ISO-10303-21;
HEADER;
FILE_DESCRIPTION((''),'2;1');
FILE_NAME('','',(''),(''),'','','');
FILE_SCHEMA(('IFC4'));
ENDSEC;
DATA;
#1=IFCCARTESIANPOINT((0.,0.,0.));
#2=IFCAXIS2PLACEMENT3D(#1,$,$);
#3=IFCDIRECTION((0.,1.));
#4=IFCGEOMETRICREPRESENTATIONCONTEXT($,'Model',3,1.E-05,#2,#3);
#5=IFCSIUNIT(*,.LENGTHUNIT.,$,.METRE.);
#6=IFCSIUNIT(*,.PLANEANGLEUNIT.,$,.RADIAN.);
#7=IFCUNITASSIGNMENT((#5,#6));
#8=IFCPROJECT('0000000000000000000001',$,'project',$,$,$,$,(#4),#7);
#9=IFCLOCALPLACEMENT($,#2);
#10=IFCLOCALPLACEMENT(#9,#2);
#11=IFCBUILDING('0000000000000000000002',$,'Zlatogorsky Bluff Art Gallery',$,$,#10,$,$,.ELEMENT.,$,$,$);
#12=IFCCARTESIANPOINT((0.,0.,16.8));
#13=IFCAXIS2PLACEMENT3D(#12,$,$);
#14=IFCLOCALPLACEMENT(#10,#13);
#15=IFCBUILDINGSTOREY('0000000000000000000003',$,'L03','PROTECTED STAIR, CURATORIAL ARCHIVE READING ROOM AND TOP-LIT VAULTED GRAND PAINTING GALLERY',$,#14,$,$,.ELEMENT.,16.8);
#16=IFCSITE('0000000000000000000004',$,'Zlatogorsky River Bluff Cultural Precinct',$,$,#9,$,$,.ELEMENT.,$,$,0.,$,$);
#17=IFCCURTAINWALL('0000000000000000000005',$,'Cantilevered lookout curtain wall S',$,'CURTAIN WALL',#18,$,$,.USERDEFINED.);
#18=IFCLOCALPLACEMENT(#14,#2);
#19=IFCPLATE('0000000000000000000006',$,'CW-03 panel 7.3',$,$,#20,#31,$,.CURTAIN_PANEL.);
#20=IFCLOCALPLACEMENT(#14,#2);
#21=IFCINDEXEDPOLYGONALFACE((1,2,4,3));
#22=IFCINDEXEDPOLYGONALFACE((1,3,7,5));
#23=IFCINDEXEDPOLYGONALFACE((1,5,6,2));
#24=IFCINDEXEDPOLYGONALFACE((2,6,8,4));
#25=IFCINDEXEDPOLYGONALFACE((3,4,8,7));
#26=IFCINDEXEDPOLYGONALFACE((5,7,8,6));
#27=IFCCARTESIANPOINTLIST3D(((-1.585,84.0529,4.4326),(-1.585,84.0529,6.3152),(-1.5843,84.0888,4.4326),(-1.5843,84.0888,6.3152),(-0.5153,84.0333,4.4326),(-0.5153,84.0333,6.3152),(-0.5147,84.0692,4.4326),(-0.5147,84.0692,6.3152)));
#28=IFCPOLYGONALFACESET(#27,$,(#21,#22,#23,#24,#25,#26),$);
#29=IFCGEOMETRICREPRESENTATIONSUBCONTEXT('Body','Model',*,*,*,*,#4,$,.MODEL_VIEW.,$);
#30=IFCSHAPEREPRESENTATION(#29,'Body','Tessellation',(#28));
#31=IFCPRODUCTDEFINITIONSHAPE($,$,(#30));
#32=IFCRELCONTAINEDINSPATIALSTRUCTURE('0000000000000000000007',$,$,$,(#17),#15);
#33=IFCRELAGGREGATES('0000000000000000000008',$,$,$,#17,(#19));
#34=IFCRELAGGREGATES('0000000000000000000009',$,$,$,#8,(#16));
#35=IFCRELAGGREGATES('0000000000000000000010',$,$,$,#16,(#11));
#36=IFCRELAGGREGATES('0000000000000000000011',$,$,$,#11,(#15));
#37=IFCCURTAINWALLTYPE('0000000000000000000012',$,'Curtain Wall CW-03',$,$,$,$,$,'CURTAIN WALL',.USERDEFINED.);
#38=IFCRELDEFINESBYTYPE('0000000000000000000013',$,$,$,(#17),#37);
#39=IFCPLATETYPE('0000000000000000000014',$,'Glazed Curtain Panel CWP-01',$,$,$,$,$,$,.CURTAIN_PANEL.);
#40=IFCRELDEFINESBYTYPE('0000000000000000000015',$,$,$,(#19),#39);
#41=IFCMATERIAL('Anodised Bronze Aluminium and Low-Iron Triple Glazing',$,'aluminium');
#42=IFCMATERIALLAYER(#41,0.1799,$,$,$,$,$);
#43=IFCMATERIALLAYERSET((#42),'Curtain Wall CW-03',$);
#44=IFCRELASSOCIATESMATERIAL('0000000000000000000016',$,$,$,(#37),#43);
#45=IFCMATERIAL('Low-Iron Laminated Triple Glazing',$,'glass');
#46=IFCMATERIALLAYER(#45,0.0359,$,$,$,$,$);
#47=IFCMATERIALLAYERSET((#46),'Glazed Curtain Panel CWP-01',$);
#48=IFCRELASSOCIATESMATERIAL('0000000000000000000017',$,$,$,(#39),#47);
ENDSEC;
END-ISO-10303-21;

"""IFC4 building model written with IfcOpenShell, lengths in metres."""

from ifc_helpers import new_model, si_unit, direction, frame, origin, origin_2d, place, context, subcontext, project, spatial, rectangle, extrude, material, layer, layer_set, type_object, element, aggregate, save


model = new_model("IFC4")

# Units and contexts
model_context = context("Model", 3, precision=1e-05, world=origin(), true_north=direction((0.0, 1.0)))
body_context = subcontext(model_context, "Body", "Model", "MODEL_VIEW")
ifc_project = project(units=[si_unit("LENGTHUNIT", "METRE"), si_unit("PLANEANGLEUNIT", "RADIAN")], contexts=[model_context])

# Site, building, storey
site_placement = place(None, origin())
site = spatial("IfcSite", under=ifc_project, at=site_placement, Name="Zlatogorsky River Bluff Cultural Precinct", CompositionType="ELEMENT", RefElevation=0.0)
building_placement = place(site_placement, origin())
building = spatial("IfcBuilding", under=site, at=building_placement, Name="Zlatogorsky Bluff Art Gallery", CompositionType="ELEMENT")
storey_placement = place(building_placement, frame((0.0, 0.0, 16.8)))
storey = spatial("IfcBuildingStorey", under=building, at=storey_placement, Name="L03", Description="PROTECTED STAIR, CURATORIAL ARCHIVE READING ROOM AND TOP-LIT VAULTED GRAND PAINTING GALLERY", CompositionType="ELEMENT", Elevation=16.8)

# Curtain wall, plate
ifc_material_1 = material(Name="Anodised Bronze Aluminium and Low-Iron Triple Glazing", Category="aluminium")
ifc_layer_1 = layer(ifc_material_1, 0.1799)
ifc_layer_set_1 = layer_set([ifc_layer_1], Name="Curtain Wall CW-03")
curtain_wall_type = type_object("IfcCurtainWallType", Name="Curtain Wall CW-03", ElementType="CURTAIN WALL", PredefinedType="USERDEFINED", material=ifc_layer_set_1)
curtain_wall_placement = place(storey_placement, origin())
curtain_wall = element("IfcCurtainWall", 1, at=curtain_wall_placement, inside=storey, type_object=curtain_wall_type, Name="Cantilevered lookout curtain wall S", ObjectType="CURTAIN WALL", PredefinedType="USERDEFINED")
ifc_material_2 = material(Name="Low-Iron Laminated Triple Glazing", Category="glass")
ifc_layer_2 = layer(ifc_material_2, 0.0359)
ifc_layer_set_2 = layer_set([ifc_layer_2], Name="Glazed Curtain Panel CWP-01")
plate_type = type_object("IfcPlateType", Name="Glazed Curtain Panel CWP-01", PredefinedType="CURTAIN_PANEL", material=ifc_layer_set_2)
plate_1_placement = place(storey_placement, frame((-1.0498, 84.061, 4.4326), z_axis=(0.0, 0.0, 1.0), x_axis=(0.999832, -0.018357, 0.0)))
plate_1 = element("IfcPlate", 2, at=plate_1_placement, type_object=plate_type, Name="CW-03 panel 7.3", PredefinedType="CURTAIN_PANEL", context=body_context, shape_type="SweptSolid", body=[
    extrude(rectangle(XDim=1.0698, YDim=0.0359, at=origin_2d()), origin(), (0.0, 0.0, 1.0), 1.8826),
])
aggregate(curtain_wall, [plate_1])

save(model, "model.ifc")
